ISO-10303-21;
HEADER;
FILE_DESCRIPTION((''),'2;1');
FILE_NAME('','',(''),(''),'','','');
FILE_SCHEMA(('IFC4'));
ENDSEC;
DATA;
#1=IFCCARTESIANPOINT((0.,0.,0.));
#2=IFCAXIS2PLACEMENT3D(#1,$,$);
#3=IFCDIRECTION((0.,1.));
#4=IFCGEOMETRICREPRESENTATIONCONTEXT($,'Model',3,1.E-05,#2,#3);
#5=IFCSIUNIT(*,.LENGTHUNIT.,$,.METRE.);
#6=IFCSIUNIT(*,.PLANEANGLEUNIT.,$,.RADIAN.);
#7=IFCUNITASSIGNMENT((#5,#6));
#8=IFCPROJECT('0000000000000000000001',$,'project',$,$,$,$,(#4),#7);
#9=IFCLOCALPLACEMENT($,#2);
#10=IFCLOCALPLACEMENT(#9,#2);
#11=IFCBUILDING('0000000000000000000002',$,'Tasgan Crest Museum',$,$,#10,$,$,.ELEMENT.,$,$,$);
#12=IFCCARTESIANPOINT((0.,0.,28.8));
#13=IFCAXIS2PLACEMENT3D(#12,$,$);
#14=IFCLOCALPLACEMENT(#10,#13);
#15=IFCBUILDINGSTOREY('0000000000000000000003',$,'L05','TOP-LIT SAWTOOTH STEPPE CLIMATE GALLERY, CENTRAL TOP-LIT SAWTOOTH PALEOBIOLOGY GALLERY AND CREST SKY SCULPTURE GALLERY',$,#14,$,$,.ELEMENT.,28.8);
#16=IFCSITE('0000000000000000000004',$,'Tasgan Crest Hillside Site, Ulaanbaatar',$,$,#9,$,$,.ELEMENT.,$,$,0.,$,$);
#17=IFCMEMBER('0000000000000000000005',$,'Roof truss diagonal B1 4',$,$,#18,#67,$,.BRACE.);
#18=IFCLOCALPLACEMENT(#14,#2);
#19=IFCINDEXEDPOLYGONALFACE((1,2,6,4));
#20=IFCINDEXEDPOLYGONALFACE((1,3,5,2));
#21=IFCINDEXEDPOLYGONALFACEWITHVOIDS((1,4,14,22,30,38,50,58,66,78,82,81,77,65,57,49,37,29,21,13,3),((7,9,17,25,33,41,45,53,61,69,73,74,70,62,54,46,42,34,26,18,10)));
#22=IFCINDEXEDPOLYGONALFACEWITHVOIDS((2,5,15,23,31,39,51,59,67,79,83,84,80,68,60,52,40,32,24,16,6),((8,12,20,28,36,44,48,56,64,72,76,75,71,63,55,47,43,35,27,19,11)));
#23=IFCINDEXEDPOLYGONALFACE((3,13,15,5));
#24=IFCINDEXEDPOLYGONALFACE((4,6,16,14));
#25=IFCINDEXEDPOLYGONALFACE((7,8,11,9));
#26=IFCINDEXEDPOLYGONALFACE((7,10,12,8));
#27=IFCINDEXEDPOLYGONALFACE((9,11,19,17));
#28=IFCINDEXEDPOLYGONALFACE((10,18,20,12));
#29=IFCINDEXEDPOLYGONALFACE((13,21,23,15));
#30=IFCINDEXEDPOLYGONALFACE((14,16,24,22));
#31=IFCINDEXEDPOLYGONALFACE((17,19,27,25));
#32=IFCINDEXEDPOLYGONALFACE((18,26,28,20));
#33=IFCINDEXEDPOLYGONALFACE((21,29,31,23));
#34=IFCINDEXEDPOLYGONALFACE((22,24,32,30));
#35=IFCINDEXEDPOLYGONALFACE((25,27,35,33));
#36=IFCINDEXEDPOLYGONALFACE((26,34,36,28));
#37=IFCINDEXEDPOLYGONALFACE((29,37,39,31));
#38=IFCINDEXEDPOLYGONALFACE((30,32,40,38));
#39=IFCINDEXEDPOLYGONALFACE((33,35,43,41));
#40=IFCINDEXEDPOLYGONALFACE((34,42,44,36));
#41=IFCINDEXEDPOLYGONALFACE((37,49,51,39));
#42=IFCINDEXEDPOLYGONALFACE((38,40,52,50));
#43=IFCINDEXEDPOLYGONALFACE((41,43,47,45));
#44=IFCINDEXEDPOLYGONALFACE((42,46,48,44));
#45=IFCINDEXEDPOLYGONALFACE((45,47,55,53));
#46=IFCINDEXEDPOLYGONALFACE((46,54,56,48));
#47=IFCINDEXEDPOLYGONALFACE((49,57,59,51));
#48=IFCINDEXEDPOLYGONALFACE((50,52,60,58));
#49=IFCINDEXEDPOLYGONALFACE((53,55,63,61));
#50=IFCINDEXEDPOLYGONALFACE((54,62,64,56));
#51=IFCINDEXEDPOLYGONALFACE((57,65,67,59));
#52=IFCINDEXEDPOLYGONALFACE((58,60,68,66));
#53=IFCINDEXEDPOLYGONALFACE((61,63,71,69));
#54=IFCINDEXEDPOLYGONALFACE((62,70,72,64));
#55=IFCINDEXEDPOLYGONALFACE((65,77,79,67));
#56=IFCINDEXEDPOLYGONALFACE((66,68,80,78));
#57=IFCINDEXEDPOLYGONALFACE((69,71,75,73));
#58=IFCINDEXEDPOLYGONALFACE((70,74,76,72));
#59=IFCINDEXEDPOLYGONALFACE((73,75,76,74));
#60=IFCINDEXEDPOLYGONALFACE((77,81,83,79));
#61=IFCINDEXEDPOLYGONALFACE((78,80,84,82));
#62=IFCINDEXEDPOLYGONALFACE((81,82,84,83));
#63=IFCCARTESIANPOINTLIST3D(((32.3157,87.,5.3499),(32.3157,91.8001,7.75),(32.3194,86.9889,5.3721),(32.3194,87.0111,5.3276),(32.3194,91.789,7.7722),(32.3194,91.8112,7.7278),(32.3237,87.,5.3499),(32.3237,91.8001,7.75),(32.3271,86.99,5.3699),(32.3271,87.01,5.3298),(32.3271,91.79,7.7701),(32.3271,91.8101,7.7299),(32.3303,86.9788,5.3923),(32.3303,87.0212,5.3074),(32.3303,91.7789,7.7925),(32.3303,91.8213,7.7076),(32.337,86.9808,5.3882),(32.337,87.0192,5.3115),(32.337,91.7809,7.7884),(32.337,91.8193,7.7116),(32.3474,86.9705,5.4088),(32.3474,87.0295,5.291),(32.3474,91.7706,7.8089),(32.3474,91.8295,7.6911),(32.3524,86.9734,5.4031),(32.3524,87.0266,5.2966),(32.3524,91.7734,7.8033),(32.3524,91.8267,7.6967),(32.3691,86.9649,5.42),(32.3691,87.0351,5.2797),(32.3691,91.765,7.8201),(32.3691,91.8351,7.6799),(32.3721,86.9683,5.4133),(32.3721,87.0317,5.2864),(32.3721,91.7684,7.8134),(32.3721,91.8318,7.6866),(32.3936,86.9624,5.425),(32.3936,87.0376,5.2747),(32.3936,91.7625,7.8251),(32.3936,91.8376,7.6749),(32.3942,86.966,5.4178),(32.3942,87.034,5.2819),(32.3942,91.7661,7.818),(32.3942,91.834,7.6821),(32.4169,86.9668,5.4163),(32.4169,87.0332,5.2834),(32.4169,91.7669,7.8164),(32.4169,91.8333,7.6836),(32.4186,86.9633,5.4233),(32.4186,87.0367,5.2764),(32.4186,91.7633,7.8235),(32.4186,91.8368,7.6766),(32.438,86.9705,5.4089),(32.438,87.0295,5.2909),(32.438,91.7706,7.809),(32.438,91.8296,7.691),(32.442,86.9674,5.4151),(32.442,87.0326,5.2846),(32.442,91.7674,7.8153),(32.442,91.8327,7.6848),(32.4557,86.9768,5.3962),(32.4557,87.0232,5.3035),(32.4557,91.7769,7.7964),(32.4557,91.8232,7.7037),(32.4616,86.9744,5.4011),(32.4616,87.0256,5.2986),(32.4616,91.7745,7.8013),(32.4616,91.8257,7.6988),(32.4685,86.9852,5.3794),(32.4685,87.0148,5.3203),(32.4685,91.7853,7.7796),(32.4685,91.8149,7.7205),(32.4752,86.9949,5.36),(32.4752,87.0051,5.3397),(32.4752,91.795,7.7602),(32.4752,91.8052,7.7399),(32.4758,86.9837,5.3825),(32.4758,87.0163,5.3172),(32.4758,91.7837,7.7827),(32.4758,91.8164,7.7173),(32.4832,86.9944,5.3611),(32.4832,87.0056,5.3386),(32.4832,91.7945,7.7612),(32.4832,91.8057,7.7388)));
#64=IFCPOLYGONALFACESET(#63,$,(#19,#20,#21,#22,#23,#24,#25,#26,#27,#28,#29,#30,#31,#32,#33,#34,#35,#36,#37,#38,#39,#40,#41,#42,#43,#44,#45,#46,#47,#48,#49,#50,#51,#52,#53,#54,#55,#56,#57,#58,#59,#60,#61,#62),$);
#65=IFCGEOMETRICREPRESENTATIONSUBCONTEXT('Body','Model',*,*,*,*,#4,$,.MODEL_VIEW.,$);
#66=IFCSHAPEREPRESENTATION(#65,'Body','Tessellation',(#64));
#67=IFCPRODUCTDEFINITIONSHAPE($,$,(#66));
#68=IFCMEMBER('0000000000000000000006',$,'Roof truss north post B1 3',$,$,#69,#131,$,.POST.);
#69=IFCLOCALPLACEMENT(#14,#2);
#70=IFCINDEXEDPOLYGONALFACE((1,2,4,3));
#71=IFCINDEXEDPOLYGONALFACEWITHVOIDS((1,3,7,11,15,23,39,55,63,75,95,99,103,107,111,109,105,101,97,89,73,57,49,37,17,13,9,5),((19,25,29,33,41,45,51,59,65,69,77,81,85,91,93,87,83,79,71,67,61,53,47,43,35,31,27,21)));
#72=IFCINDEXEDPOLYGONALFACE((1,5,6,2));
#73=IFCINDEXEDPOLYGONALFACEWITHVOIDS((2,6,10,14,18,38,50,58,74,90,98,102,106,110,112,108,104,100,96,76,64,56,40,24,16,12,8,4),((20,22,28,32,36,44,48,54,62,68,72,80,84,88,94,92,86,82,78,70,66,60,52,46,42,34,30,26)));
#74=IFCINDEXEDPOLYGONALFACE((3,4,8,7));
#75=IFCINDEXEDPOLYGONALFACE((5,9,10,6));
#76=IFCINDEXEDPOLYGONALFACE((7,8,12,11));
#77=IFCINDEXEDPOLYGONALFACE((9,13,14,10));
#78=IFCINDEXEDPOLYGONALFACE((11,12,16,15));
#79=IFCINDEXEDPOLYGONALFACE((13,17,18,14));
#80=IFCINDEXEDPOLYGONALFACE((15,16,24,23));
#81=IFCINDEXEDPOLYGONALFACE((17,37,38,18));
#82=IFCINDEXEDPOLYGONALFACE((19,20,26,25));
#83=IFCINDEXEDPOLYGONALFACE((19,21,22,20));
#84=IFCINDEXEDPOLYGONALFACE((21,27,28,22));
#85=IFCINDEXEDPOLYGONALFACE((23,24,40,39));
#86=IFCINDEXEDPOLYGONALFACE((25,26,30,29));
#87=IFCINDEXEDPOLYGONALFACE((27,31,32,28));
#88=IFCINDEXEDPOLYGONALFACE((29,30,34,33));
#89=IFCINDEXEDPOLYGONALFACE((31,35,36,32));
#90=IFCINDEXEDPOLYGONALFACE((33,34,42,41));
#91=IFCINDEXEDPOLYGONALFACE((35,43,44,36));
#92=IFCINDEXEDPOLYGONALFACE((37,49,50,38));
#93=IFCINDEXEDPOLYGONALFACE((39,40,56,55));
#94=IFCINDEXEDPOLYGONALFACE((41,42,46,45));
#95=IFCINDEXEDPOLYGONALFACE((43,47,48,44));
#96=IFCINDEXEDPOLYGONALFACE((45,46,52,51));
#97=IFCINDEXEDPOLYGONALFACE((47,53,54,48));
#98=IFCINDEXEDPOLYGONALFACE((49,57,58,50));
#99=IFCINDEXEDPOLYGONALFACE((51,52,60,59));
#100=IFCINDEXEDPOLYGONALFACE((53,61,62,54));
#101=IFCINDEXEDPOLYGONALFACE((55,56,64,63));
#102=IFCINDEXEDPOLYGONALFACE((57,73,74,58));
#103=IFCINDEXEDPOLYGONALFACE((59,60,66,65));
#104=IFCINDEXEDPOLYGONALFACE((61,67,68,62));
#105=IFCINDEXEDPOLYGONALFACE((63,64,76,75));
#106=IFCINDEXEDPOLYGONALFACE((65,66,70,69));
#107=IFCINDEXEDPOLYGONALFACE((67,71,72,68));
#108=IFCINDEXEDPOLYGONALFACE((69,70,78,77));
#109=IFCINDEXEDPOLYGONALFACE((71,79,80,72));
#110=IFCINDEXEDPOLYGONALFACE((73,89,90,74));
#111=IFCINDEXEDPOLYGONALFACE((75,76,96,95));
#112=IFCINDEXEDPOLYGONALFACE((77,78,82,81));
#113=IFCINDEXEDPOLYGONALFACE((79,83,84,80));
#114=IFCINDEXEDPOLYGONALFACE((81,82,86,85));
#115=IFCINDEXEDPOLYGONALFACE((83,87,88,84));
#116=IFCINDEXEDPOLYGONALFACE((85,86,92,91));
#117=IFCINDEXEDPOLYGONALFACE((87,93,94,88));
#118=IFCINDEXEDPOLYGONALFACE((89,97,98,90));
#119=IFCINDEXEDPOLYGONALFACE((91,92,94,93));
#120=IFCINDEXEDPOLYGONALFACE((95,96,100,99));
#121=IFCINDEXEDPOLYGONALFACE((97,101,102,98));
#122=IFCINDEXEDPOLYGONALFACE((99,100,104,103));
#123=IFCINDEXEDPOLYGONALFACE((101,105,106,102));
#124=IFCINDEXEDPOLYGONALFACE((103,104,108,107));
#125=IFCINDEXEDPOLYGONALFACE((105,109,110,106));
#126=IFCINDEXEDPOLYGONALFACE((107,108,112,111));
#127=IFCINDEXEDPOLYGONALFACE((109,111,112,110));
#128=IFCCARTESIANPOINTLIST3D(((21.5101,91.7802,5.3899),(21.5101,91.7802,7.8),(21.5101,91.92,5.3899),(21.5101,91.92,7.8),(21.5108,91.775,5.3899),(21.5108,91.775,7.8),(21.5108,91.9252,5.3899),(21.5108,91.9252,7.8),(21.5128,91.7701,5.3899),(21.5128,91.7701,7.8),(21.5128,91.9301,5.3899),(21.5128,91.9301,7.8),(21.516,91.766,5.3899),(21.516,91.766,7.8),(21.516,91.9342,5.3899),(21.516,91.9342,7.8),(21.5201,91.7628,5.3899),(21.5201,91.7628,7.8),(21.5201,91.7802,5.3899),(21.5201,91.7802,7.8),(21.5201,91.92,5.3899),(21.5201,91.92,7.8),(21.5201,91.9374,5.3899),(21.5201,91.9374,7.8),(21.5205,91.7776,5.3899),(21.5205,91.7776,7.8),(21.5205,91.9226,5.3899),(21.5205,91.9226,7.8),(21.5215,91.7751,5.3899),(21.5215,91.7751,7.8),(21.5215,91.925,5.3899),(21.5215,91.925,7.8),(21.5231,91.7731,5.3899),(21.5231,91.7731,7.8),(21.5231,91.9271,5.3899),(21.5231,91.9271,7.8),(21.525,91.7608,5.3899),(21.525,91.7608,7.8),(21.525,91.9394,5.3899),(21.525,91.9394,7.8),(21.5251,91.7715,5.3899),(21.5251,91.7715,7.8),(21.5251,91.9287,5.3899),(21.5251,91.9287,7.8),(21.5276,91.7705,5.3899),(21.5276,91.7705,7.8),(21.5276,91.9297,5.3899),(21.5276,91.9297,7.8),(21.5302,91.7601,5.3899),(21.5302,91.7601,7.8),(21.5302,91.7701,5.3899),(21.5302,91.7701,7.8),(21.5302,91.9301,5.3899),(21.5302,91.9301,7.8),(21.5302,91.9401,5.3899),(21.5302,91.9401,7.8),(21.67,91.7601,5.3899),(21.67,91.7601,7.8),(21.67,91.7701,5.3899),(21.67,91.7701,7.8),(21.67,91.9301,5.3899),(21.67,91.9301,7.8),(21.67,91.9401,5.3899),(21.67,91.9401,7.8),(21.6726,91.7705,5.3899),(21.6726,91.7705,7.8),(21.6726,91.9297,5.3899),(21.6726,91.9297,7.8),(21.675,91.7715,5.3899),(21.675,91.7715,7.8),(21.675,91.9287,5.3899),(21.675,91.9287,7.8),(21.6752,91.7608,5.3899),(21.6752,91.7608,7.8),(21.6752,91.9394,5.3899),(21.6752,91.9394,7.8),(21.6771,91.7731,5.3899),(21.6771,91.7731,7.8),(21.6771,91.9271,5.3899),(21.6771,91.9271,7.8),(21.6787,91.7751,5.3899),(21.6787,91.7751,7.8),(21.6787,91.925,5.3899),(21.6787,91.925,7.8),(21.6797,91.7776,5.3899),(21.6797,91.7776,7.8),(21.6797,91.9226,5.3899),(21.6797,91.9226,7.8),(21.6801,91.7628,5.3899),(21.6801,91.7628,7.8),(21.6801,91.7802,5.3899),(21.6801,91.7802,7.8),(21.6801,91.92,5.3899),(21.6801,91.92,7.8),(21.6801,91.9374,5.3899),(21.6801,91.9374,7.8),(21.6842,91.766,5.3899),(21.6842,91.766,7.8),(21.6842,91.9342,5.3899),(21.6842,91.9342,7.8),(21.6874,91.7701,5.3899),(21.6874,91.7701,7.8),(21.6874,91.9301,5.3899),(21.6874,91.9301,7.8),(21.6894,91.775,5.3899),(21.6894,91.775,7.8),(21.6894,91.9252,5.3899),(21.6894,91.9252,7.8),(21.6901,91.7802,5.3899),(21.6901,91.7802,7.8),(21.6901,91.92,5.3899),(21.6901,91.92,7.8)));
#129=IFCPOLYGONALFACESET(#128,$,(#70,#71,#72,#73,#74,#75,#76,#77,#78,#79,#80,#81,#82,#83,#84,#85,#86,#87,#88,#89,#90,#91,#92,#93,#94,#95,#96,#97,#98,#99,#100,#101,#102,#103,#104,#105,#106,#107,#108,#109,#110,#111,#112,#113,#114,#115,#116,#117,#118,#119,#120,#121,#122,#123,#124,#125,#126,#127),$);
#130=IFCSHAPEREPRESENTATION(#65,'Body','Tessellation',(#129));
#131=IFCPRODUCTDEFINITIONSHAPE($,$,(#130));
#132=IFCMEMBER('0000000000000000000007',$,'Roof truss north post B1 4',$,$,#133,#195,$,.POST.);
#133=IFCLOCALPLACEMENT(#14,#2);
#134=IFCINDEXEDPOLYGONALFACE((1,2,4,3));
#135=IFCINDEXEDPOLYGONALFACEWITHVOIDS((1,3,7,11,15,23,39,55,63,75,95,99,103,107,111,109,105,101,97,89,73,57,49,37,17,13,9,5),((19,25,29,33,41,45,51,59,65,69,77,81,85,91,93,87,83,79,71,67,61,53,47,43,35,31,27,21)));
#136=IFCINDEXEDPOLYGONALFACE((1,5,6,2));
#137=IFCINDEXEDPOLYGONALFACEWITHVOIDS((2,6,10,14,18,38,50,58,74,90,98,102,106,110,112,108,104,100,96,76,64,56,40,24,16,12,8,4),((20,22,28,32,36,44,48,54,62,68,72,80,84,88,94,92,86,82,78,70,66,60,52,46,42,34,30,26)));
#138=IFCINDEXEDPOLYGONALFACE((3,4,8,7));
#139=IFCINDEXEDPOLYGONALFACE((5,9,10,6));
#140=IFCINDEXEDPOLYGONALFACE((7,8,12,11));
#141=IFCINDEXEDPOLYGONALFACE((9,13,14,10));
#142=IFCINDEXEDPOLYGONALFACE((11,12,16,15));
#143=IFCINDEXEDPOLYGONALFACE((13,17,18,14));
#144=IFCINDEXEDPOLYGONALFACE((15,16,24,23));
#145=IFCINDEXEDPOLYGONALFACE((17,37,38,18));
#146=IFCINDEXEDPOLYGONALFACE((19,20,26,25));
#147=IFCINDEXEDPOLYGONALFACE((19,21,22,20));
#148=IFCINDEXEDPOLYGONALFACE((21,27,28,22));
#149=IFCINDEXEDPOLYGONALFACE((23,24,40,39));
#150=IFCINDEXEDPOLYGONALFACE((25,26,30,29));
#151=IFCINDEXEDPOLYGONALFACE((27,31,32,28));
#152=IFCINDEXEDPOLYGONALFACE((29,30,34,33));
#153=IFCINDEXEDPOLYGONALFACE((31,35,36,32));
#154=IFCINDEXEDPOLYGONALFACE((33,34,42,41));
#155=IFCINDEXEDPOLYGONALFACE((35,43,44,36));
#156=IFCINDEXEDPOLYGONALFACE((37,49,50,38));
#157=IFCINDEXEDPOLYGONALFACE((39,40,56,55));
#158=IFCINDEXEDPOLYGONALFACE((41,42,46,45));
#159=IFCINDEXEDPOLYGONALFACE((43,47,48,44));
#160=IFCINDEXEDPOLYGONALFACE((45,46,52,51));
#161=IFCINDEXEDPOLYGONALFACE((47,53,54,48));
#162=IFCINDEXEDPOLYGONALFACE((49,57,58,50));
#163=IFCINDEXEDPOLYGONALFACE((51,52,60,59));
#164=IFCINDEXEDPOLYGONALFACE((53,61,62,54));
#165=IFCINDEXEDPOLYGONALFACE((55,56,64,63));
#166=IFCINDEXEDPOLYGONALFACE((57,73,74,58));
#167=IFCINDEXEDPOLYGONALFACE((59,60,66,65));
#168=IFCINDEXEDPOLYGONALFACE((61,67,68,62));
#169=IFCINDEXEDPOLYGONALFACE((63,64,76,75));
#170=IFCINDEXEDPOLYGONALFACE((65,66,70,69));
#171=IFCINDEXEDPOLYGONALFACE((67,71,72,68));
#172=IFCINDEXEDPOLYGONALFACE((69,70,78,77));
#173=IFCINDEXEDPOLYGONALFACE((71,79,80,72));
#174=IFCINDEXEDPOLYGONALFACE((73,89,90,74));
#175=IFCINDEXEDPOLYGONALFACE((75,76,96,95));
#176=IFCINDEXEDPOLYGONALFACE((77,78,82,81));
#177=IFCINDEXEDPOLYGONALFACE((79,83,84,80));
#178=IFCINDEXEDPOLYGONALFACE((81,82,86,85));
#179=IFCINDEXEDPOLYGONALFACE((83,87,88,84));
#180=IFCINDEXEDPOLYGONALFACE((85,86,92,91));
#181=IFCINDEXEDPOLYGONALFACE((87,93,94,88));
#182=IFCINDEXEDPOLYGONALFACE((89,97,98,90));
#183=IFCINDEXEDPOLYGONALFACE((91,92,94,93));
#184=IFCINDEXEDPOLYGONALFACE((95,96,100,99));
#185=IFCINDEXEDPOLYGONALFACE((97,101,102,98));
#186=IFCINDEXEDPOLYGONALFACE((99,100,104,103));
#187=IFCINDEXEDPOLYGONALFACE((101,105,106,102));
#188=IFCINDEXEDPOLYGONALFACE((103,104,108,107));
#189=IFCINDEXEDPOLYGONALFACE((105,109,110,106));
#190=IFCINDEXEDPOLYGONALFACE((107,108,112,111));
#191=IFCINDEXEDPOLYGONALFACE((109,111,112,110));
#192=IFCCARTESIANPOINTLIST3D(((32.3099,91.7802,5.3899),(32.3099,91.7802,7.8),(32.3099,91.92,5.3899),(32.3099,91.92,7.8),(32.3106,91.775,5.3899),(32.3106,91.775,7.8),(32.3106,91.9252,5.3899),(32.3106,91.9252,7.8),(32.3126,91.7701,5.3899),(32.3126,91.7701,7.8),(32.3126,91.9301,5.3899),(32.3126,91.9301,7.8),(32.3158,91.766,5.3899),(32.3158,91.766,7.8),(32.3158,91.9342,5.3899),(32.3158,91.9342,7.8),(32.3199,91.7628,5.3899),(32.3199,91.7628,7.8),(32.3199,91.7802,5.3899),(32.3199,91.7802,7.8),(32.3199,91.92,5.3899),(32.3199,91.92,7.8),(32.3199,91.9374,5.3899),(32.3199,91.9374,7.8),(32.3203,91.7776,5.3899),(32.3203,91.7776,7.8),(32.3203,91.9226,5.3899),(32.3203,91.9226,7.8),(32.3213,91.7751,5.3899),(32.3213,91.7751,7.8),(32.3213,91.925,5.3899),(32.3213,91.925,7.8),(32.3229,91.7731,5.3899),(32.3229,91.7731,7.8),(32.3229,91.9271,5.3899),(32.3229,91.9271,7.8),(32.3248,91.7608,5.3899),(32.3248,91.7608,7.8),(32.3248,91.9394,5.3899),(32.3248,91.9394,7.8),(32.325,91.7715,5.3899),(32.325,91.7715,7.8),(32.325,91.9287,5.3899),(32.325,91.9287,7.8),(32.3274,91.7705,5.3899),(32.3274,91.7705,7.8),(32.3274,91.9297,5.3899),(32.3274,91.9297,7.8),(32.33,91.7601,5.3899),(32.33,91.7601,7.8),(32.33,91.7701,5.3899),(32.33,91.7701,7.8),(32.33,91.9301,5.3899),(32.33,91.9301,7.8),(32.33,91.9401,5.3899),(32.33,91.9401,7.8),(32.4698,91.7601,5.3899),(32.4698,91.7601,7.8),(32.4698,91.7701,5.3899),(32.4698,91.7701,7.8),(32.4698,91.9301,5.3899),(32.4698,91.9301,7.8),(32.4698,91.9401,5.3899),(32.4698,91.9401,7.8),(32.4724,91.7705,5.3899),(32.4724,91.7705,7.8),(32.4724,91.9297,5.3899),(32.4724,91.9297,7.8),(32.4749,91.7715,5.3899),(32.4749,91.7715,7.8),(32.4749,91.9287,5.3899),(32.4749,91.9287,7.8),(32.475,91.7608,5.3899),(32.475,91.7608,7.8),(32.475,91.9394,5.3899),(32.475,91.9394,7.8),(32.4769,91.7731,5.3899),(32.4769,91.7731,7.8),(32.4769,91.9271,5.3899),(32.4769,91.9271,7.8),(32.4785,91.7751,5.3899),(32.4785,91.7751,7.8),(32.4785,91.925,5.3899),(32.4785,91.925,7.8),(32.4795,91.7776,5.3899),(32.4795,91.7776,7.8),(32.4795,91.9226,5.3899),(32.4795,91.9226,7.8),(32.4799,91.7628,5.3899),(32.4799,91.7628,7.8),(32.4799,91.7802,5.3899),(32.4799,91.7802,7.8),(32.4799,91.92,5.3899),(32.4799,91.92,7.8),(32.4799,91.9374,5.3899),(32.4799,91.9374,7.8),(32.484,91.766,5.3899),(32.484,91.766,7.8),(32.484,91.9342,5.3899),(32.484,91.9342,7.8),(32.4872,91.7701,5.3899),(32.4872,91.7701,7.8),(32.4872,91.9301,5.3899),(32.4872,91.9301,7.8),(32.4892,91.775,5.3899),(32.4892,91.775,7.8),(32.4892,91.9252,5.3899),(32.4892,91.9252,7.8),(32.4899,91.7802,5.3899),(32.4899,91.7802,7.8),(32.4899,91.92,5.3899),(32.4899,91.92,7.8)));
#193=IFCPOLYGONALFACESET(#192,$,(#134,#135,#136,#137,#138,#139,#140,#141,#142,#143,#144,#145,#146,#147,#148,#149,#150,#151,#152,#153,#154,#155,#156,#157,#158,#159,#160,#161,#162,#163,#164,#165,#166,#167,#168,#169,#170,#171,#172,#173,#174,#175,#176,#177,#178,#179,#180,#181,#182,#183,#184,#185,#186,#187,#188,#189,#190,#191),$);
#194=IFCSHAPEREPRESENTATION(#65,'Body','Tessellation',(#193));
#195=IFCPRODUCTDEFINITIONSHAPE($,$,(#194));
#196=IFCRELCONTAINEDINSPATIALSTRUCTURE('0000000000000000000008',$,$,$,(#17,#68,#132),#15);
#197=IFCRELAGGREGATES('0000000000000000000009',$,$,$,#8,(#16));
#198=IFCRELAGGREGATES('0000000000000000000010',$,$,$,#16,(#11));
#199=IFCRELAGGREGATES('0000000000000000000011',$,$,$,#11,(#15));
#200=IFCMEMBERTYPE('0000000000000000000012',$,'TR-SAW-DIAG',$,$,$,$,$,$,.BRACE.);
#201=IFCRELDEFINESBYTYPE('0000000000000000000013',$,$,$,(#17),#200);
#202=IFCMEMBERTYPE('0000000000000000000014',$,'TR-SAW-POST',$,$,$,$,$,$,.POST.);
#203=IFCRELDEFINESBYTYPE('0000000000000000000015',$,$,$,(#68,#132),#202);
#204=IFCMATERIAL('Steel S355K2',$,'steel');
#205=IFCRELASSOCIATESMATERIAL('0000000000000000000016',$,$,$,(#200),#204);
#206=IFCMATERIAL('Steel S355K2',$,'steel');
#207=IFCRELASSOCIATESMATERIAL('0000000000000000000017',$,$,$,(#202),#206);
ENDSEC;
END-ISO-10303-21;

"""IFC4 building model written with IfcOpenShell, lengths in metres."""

from ifc_helpers import new_model, si_unit, direction, frame, origin, origin_2d, place, context, subcontext, project, spatial, hollow_rectangle, hollow_circle, extrude, material, material_profile, profile_set, type_object, element, save


model = new_model("IFC4")

# Units and contexts
model_context = context("Model", 3, precision=1e-05, world=origin(), true_north=direction((0.0, 1.0)))
body_context = subcontext(model_context, "Body", "Model", "MODEL_VIEW")
ifc_project = project(units=[si_unit("LENGTHUNIT", "METRE"), si_unit("PLANEANGLEUNIT", "RADIAN")], contexts=[model_context])

# Site, building, storey
site_placement = place(None, origin())
site = spatial("IfcSite", under=ifc_project, at=site_placement, Name="Tasgan Crest Hillside Site, Ulaanbaatar", CompositionType="ELEMENT", RefElevation=0.0)
building_placement = place(site_placement, origin())
building = spatial("IfcBuilding", under=site, at=building_placement, Name="Tasgan Crest Museum", CompositionType="ELEMENT")
storey_placement = place(building_placement, frame((0.0, 0.0, 28.8)))
storey = spatial("IfcBuildingStorey", under=building, at=storey_placement, Name="L05", Description="TOP-LIT SAWTOOTH STEPPE CLIMATE GALLERY, CENTRAL TOP-LIT SAWTOOTH PALEOBIOLOGY GALLERY AND CREST SKY SCULPTURE GALLERY", CompositionType="ELEMENT", Elevation=28.8)

# Members
ifc_material_1 = material(Name="Steel S355K2", Category="steel")
ifc_material_profile_1 = material_profile(ifc_material_1, hollow_circle(Radius=0.0842, WallThickness=0.0081, at=origin_2d()), Name="CHS 168.3x8")
ifc_profile_set_1 = profile_set([ifc_material_profile_1], Name="Steel S355K2")
member_type_1 = type_object("IfcMemberType", Name="TR-SAW-DIAG", PredefinedType="BRACE", material=ifc_profile_set_1)
member_placement = place(storey_placement, frame((32.3999, 87.0, 5.3499), z_axis=(0.0, 0.894418, 0.447232), x_axis=(-1.0, 0.0, 0.0)))
element("IfcMember", 1, at=member_placement, inside=storey, type_object=member_type_1, Name="Roof truss diagonal B1 4", PredefinedType="BRACE", context=body_context, shape_type="SweptSolid", body=[
    extrude(hollow_circle(Radius=0.0842, WallThickness=0.0081, at=origin_2d()), origin(), (0.0, 0.0, 1.0), 5.3667),
])
ifc_material_2 = material(Name="Steel S355K2", Category="steel")
ifc_material_profile_2 = material_profile(ifc_material_2, hollow_rectangle(XDim=0.1799, YDim=0.1799, WallThickness=0.01, InnerFilletRadius=0.01, OuterFilletRadius=0.02, at=origin_2d()), Name="SHS 180x180x10")
ifc_profile_set_2 = profile_set([ifc_material_profile_2], Name="Steel S355K2")
member_type_2 = type_object("IfcMemberType", Name="TR-SAW-POST", PredefinedType="POST", material=ifc_profile_set_2)
for number, where, z_axis, x_axis, name in (
    (2, (21.6001, 91.8501, 5.3899), (0.0, 0.0, 1.0), (1.0, 0.0, 0.0), "Roof truss north post B1 3"),
    (3, (32.3999, 91.8501, 5.3899), (0.0, 0.0, 1.0), (1.0, 0.0, 0.0), "Roof truss north post B1 4"),
):
    element("IfcMember", number, at=place(storey_placement, frame(where, z_axis=z_axis, x_axis=x_axis)), inside=storey, type_object=member_type_2, Name=name, PredefinedType="POST", context=body_context, shape_type="SweptSolid", body=[
        extrude(hollow_rectangle(XDim=0.1799, YDim=0.1799, WallThickness=0.01, InnerFilletRadius=0.01, OuterFilletRadius=0.02, at=origin_2d()), origin(), (0.0, 0.0, 1.0), 2.4102),
    ])

save(model, "model.ifc")
